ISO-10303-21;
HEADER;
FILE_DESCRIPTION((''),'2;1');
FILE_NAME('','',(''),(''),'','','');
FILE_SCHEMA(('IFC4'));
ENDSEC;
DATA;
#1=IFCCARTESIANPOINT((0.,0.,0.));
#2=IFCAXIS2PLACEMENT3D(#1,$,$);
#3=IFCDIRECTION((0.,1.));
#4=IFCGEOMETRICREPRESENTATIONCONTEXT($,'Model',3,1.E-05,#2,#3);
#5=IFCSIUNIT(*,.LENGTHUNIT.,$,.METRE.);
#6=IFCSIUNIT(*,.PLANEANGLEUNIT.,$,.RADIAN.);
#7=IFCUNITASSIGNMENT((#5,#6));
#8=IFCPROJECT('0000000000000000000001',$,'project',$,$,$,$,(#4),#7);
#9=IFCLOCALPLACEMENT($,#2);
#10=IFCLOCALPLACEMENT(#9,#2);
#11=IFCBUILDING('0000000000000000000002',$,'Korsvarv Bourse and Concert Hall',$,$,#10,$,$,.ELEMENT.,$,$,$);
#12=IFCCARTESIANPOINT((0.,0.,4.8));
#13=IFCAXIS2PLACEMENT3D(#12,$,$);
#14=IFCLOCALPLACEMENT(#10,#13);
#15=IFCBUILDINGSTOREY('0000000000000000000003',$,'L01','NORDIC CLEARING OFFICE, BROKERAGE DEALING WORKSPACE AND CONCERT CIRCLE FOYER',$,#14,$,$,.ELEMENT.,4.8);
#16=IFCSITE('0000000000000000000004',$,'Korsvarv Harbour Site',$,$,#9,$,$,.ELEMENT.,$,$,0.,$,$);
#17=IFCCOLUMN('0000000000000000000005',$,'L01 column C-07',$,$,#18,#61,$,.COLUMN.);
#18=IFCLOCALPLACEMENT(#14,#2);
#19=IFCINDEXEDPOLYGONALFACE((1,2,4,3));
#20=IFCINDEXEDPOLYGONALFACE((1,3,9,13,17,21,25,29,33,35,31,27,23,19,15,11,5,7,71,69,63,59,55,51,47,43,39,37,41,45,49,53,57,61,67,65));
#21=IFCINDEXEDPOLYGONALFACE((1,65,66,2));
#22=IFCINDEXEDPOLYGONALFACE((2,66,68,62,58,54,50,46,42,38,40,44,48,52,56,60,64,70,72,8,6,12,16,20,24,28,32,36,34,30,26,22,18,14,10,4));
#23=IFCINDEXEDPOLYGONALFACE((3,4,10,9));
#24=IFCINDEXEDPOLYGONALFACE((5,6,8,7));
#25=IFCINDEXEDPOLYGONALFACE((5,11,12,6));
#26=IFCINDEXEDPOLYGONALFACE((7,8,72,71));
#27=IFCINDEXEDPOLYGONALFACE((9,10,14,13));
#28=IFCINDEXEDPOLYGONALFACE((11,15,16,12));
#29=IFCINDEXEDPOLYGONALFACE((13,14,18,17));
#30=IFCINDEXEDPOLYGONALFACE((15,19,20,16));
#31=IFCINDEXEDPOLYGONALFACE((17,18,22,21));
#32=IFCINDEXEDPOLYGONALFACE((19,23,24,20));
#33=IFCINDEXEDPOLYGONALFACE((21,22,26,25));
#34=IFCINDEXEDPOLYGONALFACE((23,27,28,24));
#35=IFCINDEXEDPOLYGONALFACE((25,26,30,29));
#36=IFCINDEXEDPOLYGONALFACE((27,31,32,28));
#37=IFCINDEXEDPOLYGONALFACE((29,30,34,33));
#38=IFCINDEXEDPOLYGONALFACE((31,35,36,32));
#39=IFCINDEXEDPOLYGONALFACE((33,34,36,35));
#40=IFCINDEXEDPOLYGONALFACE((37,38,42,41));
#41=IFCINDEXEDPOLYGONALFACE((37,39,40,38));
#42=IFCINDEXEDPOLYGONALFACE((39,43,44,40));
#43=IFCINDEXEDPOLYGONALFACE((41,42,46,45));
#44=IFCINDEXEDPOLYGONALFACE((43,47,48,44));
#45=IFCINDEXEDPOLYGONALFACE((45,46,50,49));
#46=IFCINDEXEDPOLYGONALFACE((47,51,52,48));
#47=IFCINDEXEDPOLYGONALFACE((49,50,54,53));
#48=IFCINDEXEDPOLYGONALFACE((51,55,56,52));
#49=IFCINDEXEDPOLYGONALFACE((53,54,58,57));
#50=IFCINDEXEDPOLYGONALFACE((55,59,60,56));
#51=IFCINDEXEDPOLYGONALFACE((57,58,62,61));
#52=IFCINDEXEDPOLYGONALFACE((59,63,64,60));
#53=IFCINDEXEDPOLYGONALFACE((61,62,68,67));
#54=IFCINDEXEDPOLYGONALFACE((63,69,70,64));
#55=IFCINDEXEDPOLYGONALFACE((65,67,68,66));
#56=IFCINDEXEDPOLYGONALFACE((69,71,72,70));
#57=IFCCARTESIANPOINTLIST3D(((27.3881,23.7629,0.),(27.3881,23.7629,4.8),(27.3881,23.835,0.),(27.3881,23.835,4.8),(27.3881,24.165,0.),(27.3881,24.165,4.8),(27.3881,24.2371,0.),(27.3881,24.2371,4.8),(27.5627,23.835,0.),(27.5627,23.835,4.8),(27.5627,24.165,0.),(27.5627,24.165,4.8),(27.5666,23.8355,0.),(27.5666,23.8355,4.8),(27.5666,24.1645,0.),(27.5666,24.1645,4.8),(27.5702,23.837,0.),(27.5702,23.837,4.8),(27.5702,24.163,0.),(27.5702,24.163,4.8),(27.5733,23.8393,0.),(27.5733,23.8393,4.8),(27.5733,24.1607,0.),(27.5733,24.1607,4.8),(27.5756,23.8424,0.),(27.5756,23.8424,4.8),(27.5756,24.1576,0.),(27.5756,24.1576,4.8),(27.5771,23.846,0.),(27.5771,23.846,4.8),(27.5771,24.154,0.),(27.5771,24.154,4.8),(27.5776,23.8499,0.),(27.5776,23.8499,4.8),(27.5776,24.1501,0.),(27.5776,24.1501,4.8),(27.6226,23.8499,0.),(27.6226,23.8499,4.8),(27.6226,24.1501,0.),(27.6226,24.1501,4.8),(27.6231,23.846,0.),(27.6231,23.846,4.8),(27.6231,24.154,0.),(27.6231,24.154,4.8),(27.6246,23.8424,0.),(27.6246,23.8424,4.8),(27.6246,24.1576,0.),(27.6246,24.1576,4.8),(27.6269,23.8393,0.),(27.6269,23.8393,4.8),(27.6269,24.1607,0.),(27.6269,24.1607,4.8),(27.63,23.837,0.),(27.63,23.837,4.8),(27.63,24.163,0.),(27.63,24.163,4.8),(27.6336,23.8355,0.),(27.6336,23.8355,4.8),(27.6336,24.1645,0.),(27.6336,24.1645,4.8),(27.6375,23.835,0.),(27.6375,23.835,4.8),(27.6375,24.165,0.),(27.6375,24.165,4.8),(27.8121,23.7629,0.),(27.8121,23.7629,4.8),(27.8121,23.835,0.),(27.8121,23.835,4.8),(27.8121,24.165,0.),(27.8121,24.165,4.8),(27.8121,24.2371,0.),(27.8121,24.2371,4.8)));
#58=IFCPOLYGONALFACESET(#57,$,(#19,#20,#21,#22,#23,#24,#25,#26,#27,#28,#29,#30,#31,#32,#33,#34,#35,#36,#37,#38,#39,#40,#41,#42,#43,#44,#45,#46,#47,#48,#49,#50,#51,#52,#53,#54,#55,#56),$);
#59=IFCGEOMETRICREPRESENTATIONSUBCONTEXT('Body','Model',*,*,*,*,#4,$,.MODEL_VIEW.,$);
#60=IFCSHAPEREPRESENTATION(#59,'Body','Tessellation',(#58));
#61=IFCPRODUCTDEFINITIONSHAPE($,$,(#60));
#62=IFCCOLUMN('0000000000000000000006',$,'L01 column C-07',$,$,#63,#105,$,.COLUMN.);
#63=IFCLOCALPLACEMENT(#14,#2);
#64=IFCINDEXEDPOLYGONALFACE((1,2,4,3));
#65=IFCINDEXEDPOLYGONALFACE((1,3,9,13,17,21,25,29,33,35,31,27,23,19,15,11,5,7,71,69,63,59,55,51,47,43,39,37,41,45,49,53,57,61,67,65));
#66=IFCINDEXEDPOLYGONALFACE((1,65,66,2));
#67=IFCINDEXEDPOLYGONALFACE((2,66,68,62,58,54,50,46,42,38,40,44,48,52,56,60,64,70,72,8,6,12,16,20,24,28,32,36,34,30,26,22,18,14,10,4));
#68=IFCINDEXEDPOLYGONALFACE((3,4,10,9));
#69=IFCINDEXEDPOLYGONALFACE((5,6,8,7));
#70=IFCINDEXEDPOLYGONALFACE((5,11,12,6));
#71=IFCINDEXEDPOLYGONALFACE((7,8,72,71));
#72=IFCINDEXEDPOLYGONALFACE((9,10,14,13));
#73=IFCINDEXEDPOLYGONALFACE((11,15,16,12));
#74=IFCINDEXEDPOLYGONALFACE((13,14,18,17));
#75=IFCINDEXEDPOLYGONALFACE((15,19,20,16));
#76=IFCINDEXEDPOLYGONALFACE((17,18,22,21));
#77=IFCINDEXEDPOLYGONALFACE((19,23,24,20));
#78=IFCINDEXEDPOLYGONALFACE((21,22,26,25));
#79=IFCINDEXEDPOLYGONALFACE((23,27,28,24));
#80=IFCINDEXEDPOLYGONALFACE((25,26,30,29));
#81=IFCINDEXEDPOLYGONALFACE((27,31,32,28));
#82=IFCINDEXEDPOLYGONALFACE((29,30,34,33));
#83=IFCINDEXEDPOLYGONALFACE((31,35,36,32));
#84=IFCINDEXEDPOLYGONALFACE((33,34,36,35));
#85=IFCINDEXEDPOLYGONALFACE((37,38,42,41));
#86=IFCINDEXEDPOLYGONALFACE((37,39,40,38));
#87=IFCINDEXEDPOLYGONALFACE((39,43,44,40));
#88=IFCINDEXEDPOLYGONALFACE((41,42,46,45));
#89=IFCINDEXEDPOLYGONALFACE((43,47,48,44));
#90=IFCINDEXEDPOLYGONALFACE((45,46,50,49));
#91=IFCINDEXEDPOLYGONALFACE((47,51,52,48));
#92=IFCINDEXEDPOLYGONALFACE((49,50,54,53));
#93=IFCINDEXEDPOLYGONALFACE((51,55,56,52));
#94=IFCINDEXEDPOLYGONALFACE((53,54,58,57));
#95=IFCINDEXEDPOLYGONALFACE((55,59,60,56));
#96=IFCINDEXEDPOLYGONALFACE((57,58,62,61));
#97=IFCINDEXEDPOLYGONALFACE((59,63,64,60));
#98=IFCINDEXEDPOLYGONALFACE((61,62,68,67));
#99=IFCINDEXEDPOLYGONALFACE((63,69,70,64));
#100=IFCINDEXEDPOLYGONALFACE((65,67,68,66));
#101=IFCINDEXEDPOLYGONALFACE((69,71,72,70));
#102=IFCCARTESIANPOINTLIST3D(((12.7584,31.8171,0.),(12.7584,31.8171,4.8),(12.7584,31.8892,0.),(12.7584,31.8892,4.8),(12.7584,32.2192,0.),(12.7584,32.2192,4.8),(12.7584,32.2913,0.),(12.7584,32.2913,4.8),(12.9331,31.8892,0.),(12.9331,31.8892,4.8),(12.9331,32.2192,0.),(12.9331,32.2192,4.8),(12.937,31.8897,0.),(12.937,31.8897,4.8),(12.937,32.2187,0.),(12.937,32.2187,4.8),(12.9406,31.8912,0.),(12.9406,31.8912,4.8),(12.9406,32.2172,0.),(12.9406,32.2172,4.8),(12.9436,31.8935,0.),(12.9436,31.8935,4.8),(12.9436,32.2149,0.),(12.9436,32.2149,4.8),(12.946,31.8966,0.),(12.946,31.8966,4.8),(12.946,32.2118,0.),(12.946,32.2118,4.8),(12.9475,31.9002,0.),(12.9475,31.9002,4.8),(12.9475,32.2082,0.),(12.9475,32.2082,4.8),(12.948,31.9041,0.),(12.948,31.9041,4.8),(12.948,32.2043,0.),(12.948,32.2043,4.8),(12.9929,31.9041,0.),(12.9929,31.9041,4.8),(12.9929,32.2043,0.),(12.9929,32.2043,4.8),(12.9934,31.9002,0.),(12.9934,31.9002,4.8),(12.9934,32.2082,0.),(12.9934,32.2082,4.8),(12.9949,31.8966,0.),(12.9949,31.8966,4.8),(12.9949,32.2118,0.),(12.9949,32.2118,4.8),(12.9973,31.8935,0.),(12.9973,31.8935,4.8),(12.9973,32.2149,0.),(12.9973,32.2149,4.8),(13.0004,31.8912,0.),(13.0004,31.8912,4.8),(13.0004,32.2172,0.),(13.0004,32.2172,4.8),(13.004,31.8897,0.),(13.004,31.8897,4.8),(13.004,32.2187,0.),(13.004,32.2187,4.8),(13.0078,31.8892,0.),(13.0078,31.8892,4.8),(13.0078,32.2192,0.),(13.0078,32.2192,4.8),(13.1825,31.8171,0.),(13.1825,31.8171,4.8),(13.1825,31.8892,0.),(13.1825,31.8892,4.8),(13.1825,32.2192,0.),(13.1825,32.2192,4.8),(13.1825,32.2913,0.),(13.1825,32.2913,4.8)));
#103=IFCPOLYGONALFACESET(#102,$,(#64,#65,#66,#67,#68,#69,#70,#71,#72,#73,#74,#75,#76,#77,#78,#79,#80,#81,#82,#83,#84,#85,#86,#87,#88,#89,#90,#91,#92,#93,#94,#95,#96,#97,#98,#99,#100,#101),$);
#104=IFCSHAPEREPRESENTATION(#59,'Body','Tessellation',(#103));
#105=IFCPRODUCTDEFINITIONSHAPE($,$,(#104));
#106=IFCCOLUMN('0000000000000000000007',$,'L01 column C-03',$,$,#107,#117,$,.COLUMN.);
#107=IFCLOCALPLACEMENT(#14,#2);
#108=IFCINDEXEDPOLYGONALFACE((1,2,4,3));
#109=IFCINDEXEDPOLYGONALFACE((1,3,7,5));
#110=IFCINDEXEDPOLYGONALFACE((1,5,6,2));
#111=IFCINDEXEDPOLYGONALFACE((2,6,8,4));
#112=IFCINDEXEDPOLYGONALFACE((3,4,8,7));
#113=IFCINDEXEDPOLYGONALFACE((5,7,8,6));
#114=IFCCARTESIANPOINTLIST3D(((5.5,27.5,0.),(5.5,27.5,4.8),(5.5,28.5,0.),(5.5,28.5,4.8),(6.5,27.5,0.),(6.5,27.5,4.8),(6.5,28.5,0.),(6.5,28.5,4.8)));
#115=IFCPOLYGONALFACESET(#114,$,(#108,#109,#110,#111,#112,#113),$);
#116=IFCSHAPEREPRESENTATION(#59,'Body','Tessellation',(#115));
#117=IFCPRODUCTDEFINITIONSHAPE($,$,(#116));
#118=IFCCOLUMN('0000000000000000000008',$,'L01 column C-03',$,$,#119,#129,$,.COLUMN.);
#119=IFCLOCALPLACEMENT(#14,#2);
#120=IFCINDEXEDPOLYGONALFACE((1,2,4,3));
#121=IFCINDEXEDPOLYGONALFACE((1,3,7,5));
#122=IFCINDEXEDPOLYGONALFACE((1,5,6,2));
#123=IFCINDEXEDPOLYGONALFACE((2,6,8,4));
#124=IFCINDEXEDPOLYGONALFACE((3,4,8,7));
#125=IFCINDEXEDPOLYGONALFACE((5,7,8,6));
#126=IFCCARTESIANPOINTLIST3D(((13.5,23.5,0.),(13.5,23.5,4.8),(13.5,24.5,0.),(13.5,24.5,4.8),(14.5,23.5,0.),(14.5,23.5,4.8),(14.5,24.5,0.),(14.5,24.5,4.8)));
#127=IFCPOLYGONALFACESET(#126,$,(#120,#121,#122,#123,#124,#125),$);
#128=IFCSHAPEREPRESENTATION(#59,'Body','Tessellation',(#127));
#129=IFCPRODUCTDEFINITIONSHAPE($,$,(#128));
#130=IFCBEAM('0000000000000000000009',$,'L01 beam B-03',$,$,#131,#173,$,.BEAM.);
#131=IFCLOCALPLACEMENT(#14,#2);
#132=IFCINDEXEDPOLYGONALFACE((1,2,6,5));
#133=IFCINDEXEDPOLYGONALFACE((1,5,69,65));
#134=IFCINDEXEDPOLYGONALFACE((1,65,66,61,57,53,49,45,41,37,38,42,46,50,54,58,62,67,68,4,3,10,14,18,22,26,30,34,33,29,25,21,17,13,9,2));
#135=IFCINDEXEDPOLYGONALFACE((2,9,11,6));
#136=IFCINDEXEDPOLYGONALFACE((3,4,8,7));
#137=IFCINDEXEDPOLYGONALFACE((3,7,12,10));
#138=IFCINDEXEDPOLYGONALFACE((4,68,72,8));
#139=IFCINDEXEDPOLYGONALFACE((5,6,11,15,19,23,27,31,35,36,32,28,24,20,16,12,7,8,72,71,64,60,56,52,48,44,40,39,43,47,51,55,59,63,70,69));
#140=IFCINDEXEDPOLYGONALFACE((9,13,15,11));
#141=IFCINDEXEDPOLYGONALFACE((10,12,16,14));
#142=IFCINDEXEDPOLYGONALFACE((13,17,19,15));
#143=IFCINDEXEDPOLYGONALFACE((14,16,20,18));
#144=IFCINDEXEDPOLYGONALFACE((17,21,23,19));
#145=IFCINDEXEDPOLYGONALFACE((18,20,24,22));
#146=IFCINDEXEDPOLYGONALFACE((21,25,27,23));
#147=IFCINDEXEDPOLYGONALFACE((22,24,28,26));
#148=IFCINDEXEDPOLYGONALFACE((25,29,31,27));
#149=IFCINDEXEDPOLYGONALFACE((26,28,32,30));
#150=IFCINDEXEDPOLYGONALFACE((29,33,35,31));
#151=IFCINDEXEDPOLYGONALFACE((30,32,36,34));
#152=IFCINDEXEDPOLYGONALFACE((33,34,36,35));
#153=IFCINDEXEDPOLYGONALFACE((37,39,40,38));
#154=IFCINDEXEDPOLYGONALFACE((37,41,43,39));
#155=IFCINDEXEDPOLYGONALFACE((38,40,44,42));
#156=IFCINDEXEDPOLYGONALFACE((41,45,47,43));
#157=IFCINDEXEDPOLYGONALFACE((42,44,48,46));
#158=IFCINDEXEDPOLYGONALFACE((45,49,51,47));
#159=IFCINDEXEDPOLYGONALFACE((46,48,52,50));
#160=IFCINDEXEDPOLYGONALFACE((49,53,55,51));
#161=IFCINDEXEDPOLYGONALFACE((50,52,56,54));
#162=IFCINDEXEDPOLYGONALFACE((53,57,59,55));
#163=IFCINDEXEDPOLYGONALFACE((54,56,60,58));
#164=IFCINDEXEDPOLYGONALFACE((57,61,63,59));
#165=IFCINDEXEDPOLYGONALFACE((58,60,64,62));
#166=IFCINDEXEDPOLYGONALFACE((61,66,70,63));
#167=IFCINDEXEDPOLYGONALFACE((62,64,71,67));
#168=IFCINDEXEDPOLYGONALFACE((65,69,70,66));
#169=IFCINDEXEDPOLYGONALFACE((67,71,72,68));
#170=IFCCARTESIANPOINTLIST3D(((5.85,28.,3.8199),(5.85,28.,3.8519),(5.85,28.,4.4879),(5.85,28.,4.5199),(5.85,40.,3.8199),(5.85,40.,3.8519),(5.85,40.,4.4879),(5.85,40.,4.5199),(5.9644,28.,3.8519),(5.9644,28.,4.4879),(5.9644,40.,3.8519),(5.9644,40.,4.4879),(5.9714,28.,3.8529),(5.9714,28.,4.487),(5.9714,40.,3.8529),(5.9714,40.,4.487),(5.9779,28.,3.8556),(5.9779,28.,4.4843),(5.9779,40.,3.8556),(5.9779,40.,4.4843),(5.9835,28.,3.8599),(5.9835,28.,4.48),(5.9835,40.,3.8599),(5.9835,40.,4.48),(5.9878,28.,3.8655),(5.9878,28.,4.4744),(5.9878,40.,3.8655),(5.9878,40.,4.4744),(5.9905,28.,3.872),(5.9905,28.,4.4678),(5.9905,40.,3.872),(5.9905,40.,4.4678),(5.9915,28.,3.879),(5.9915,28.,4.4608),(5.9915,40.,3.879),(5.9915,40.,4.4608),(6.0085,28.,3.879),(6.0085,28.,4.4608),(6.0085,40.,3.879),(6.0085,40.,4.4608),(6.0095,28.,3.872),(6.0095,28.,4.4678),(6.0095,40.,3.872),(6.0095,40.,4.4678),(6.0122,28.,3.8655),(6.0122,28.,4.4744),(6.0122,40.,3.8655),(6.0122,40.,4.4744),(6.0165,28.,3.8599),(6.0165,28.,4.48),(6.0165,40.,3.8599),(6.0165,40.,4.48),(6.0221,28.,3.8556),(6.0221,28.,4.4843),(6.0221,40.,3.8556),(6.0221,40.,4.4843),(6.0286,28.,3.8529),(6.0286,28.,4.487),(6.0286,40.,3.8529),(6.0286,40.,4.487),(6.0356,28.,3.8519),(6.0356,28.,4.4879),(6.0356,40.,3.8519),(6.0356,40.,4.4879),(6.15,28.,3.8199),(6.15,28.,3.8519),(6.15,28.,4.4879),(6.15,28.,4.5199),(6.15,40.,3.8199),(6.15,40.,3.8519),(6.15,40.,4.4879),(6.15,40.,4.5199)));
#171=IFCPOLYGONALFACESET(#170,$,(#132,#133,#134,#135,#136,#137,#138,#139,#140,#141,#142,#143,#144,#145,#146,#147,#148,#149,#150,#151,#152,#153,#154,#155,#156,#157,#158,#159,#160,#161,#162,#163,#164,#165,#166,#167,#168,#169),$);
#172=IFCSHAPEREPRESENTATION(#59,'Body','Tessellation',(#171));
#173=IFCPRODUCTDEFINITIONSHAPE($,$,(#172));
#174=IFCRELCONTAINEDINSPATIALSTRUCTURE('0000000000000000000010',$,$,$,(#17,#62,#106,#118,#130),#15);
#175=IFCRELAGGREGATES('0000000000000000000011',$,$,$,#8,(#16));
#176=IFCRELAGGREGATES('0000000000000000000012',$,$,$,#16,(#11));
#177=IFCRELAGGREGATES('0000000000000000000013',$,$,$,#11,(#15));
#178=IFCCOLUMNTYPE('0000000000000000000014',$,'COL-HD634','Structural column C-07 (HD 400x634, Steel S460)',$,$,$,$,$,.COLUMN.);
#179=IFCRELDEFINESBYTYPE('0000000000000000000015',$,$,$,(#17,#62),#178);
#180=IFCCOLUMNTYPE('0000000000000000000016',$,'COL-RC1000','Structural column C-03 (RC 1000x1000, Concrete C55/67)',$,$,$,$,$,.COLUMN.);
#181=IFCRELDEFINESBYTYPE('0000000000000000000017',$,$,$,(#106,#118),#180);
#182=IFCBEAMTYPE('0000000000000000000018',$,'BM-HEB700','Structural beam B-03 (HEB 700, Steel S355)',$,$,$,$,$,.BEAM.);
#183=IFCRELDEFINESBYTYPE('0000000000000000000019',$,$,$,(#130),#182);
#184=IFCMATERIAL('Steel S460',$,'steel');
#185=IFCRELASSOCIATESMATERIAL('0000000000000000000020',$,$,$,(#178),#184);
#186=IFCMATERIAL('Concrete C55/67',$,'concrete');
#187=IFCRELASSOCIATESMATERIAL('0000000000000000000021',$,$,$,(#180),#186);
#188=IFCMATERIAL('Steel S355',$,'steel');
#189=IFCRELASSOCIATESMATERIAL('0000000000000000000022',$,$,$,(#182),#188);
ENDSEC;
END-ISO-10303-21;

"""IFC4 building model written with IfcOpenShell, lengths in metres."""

from ifc_helpers import new_model, si_unit, direction, frame, origin, origin_2d, place, context, subcontext, project, spatial, rectangle, i_section, extrude, source, transform, mapped, material, material_profile, profile_set, type_object, element, save


model = new_model("IFC4")

# Units and contexts
model_context = context("Model", 3, precision=1e-05, world=origin(), true_north=direction((0.0, 1.0)))
body_context = subcontext(model_context, "Body", "Model", "MODEL_VIEW")
ifc_project = project(units=[si_unit("LENGTHUNIT", "METRE"), si_unit("PLANEANGLEUNIT", "RADIAN")], contexts=[model_context])

# Site, building, storey
site_placement = place(None, origin())
site = spatial("IfcSite", under=ifc_project, at=site_placement, Name="Korsvarv Harbour Site", CompositionType="ELEMENT", RefElevation=0.0)
building_placement = place(site_placement, origin())
building = spatial("IfcBuilding", under=site, at=building_placement, Name="Korsvarv Bourse and Concert Hall", CompositionType="ELEMENT")
storey_placement = place(building_placement, frame((0.0, 0.0, 4.8)))
storey = spatial("IfcBuildingStorey", under=building, at=storey_placement, Name="L01", Description="NORDIC CLEARING OFFICE, BROKERAGE DEALING WORKSPACE AND CONCERT CIRCLE FOYER", CompositionType="ELEMENT", Elevation=4.8)

# Columns
ifc_material_1 = material(Name="Steel S460", Category="steel")
ifc_material_profile_1 = material_profile(ifc_material_1, i_section(OverallWidth=0.4241, OverallDepth=0.4741, WebThickness=0.0449, FlangeThickness=0.072, FilletRadius=0.0149, at=origin_2d()), Name="HD 400x634")
ifc_profile_set_1 = profile_set([ifc_material_profile_1], Name="Steel S460")
column_type_1 = type_object("IfcColumnType", Name="COL-HD634", Description="Structural column C-07 (HD 400x634, Steel S460)", PredefinedType="COLUMN", material=ifc_profile_set_1)
shared_shape_1 = source(origin(), body_context, "Body", "SweptSolid", [
    extrude(i_section(OverallWidth=0.4241, OverallDepth=0.4741, WebThickness=0.0449, FlangeThickness=0.072, FilletRadius=0.0149, at=origin_2d()), origin(), (0.0, 0.0, 1.0), 4.8),
])
for number, where, z_axis, x_axis, name in (
    (1, (27.6001, 24.0, 0.0), (0.0, 0.0, 1.0), (1.0, 0.0, 0.0), "L01 column C-07"),
    (2, (12.9705, 32.0542, 0.0), (0.0, 0.0, 1.0), (1.0, 0.0, 0.0), "L01 column C-07"),
):
    element("IfcColumn", number, at=place(storey_placement, frame(where, z_axis=z_axis, x_axis=x_axis)), inside=storey, type_object=column_type_1, Name=name, PredefinedType="COLUMN", context=body_context, shape_type="MappedRepresentation", body=[
        mapped(shared_shape_1, transform((0.0, 0.0, 0.0), scale=1.0)),
    ])
ifc_material_2 = material(Name="Concrete C55/67", Category="concrete")
ifc_material_profile_2 = material_profile(ifc_material_2, rectangle(XDim=1.0, YDim=1.0, at=origin_2d()), Name="RC 1000x1000")
ifc_profile_set_2 = profile_set([ifc_material_profile_2], Name="Concrete C55/67")
column_type_2 = type_object("IfcColumnType", Name="COL-RC1000", Description="Structural column C-03 (RC 1000x1000, Concrete C55/67)", PredefinedType="COLUMN", material=ifc_profile_set_2)
shared_shape_2 = source(origin(), body_context, "Body", "SweptSolid", [
    extrude(rectangle(XDim=1.0, YDim=1.0, at=origin_2d()), origin(), (0.0, 0.0, 1.0), 4.8),
])
for number, where, z_axis, x_axis, name in (
    (3, (6.0, 28.0, 0.0), (0.0, 0.0, 1.0), (1.0, 0.0, 0.0), "L01 column C-03"),
    (4, (14.0, 24.0, 0.0), (0.0, 0.0, 1.0), (1.0, 0.0, 0.0), "L01 column C-03"),
):
    element("IfcColumn", number, at=place(storey_placement, frame(where, z_axis=z_axis, x_axis=x_axis)), inside=storey, type_object=column_type_2, Name=name, PredefinedType="COLUMN", context=body_context, shape_type="MappedRepresentation", body=[
        mapped(shared_shape_2, transform((0.0, 0.0, 0.0), scale=1.0)),
    ])

# Beam
ifc_material_3 = material(Name="Steel S355", Category="steel")
ifc_material_profile_3 = material_profile(ifc_material_3, i_section(OverallWidth=0.3, OverallDepth=0.7, WebThickness=0.0171, FlangeThickness=0.032, FilletRadius=0.0271, at=origin_2d()), Name="HEB 700")
ifc_profile_set_3 = profile_set([ifc_material_profile_3], Name="Steel S355")
beam_type_1 = type_object("IfcBeamType", Name="BM-HEB700", Description="Structural beam B-03 (HEB 700, Steel S355)", PredefinedType="BEAM", material=ifc_profile_set_3)
shared_shape_3 = source(origin(), body_context, "Body", "SweptSolid", [
    extrude(i_section(OverallWidth=0.3, OverallDepth=0.7, WebThickness=0.0171, FlangeThickness=0.032, FilletRadius=0.0271, at=origin_2d()), origin(), (0.0, 0.0, 1.0), 12.0),
])
beam_1_placement = place(storey_placement, frame((6.0, 28.0, 4.1699), z_axis=(0.0, 1.0, 0.0), x_axis=(-1.0, 0.0, 0.0)))
element("IfcBeam", 5, at=beam_1_placement, inside=storey, type_object=beam_type_1, Name="L01 beam B-03", PredefinedType="BEAM", context=body_context, shape_type="MappedRepresentation", body=[
    mapped(shared_shape_3, transform((0.0, 0.0, 0.0), scale=1.0)),
])

save(model, "model.ifc")
